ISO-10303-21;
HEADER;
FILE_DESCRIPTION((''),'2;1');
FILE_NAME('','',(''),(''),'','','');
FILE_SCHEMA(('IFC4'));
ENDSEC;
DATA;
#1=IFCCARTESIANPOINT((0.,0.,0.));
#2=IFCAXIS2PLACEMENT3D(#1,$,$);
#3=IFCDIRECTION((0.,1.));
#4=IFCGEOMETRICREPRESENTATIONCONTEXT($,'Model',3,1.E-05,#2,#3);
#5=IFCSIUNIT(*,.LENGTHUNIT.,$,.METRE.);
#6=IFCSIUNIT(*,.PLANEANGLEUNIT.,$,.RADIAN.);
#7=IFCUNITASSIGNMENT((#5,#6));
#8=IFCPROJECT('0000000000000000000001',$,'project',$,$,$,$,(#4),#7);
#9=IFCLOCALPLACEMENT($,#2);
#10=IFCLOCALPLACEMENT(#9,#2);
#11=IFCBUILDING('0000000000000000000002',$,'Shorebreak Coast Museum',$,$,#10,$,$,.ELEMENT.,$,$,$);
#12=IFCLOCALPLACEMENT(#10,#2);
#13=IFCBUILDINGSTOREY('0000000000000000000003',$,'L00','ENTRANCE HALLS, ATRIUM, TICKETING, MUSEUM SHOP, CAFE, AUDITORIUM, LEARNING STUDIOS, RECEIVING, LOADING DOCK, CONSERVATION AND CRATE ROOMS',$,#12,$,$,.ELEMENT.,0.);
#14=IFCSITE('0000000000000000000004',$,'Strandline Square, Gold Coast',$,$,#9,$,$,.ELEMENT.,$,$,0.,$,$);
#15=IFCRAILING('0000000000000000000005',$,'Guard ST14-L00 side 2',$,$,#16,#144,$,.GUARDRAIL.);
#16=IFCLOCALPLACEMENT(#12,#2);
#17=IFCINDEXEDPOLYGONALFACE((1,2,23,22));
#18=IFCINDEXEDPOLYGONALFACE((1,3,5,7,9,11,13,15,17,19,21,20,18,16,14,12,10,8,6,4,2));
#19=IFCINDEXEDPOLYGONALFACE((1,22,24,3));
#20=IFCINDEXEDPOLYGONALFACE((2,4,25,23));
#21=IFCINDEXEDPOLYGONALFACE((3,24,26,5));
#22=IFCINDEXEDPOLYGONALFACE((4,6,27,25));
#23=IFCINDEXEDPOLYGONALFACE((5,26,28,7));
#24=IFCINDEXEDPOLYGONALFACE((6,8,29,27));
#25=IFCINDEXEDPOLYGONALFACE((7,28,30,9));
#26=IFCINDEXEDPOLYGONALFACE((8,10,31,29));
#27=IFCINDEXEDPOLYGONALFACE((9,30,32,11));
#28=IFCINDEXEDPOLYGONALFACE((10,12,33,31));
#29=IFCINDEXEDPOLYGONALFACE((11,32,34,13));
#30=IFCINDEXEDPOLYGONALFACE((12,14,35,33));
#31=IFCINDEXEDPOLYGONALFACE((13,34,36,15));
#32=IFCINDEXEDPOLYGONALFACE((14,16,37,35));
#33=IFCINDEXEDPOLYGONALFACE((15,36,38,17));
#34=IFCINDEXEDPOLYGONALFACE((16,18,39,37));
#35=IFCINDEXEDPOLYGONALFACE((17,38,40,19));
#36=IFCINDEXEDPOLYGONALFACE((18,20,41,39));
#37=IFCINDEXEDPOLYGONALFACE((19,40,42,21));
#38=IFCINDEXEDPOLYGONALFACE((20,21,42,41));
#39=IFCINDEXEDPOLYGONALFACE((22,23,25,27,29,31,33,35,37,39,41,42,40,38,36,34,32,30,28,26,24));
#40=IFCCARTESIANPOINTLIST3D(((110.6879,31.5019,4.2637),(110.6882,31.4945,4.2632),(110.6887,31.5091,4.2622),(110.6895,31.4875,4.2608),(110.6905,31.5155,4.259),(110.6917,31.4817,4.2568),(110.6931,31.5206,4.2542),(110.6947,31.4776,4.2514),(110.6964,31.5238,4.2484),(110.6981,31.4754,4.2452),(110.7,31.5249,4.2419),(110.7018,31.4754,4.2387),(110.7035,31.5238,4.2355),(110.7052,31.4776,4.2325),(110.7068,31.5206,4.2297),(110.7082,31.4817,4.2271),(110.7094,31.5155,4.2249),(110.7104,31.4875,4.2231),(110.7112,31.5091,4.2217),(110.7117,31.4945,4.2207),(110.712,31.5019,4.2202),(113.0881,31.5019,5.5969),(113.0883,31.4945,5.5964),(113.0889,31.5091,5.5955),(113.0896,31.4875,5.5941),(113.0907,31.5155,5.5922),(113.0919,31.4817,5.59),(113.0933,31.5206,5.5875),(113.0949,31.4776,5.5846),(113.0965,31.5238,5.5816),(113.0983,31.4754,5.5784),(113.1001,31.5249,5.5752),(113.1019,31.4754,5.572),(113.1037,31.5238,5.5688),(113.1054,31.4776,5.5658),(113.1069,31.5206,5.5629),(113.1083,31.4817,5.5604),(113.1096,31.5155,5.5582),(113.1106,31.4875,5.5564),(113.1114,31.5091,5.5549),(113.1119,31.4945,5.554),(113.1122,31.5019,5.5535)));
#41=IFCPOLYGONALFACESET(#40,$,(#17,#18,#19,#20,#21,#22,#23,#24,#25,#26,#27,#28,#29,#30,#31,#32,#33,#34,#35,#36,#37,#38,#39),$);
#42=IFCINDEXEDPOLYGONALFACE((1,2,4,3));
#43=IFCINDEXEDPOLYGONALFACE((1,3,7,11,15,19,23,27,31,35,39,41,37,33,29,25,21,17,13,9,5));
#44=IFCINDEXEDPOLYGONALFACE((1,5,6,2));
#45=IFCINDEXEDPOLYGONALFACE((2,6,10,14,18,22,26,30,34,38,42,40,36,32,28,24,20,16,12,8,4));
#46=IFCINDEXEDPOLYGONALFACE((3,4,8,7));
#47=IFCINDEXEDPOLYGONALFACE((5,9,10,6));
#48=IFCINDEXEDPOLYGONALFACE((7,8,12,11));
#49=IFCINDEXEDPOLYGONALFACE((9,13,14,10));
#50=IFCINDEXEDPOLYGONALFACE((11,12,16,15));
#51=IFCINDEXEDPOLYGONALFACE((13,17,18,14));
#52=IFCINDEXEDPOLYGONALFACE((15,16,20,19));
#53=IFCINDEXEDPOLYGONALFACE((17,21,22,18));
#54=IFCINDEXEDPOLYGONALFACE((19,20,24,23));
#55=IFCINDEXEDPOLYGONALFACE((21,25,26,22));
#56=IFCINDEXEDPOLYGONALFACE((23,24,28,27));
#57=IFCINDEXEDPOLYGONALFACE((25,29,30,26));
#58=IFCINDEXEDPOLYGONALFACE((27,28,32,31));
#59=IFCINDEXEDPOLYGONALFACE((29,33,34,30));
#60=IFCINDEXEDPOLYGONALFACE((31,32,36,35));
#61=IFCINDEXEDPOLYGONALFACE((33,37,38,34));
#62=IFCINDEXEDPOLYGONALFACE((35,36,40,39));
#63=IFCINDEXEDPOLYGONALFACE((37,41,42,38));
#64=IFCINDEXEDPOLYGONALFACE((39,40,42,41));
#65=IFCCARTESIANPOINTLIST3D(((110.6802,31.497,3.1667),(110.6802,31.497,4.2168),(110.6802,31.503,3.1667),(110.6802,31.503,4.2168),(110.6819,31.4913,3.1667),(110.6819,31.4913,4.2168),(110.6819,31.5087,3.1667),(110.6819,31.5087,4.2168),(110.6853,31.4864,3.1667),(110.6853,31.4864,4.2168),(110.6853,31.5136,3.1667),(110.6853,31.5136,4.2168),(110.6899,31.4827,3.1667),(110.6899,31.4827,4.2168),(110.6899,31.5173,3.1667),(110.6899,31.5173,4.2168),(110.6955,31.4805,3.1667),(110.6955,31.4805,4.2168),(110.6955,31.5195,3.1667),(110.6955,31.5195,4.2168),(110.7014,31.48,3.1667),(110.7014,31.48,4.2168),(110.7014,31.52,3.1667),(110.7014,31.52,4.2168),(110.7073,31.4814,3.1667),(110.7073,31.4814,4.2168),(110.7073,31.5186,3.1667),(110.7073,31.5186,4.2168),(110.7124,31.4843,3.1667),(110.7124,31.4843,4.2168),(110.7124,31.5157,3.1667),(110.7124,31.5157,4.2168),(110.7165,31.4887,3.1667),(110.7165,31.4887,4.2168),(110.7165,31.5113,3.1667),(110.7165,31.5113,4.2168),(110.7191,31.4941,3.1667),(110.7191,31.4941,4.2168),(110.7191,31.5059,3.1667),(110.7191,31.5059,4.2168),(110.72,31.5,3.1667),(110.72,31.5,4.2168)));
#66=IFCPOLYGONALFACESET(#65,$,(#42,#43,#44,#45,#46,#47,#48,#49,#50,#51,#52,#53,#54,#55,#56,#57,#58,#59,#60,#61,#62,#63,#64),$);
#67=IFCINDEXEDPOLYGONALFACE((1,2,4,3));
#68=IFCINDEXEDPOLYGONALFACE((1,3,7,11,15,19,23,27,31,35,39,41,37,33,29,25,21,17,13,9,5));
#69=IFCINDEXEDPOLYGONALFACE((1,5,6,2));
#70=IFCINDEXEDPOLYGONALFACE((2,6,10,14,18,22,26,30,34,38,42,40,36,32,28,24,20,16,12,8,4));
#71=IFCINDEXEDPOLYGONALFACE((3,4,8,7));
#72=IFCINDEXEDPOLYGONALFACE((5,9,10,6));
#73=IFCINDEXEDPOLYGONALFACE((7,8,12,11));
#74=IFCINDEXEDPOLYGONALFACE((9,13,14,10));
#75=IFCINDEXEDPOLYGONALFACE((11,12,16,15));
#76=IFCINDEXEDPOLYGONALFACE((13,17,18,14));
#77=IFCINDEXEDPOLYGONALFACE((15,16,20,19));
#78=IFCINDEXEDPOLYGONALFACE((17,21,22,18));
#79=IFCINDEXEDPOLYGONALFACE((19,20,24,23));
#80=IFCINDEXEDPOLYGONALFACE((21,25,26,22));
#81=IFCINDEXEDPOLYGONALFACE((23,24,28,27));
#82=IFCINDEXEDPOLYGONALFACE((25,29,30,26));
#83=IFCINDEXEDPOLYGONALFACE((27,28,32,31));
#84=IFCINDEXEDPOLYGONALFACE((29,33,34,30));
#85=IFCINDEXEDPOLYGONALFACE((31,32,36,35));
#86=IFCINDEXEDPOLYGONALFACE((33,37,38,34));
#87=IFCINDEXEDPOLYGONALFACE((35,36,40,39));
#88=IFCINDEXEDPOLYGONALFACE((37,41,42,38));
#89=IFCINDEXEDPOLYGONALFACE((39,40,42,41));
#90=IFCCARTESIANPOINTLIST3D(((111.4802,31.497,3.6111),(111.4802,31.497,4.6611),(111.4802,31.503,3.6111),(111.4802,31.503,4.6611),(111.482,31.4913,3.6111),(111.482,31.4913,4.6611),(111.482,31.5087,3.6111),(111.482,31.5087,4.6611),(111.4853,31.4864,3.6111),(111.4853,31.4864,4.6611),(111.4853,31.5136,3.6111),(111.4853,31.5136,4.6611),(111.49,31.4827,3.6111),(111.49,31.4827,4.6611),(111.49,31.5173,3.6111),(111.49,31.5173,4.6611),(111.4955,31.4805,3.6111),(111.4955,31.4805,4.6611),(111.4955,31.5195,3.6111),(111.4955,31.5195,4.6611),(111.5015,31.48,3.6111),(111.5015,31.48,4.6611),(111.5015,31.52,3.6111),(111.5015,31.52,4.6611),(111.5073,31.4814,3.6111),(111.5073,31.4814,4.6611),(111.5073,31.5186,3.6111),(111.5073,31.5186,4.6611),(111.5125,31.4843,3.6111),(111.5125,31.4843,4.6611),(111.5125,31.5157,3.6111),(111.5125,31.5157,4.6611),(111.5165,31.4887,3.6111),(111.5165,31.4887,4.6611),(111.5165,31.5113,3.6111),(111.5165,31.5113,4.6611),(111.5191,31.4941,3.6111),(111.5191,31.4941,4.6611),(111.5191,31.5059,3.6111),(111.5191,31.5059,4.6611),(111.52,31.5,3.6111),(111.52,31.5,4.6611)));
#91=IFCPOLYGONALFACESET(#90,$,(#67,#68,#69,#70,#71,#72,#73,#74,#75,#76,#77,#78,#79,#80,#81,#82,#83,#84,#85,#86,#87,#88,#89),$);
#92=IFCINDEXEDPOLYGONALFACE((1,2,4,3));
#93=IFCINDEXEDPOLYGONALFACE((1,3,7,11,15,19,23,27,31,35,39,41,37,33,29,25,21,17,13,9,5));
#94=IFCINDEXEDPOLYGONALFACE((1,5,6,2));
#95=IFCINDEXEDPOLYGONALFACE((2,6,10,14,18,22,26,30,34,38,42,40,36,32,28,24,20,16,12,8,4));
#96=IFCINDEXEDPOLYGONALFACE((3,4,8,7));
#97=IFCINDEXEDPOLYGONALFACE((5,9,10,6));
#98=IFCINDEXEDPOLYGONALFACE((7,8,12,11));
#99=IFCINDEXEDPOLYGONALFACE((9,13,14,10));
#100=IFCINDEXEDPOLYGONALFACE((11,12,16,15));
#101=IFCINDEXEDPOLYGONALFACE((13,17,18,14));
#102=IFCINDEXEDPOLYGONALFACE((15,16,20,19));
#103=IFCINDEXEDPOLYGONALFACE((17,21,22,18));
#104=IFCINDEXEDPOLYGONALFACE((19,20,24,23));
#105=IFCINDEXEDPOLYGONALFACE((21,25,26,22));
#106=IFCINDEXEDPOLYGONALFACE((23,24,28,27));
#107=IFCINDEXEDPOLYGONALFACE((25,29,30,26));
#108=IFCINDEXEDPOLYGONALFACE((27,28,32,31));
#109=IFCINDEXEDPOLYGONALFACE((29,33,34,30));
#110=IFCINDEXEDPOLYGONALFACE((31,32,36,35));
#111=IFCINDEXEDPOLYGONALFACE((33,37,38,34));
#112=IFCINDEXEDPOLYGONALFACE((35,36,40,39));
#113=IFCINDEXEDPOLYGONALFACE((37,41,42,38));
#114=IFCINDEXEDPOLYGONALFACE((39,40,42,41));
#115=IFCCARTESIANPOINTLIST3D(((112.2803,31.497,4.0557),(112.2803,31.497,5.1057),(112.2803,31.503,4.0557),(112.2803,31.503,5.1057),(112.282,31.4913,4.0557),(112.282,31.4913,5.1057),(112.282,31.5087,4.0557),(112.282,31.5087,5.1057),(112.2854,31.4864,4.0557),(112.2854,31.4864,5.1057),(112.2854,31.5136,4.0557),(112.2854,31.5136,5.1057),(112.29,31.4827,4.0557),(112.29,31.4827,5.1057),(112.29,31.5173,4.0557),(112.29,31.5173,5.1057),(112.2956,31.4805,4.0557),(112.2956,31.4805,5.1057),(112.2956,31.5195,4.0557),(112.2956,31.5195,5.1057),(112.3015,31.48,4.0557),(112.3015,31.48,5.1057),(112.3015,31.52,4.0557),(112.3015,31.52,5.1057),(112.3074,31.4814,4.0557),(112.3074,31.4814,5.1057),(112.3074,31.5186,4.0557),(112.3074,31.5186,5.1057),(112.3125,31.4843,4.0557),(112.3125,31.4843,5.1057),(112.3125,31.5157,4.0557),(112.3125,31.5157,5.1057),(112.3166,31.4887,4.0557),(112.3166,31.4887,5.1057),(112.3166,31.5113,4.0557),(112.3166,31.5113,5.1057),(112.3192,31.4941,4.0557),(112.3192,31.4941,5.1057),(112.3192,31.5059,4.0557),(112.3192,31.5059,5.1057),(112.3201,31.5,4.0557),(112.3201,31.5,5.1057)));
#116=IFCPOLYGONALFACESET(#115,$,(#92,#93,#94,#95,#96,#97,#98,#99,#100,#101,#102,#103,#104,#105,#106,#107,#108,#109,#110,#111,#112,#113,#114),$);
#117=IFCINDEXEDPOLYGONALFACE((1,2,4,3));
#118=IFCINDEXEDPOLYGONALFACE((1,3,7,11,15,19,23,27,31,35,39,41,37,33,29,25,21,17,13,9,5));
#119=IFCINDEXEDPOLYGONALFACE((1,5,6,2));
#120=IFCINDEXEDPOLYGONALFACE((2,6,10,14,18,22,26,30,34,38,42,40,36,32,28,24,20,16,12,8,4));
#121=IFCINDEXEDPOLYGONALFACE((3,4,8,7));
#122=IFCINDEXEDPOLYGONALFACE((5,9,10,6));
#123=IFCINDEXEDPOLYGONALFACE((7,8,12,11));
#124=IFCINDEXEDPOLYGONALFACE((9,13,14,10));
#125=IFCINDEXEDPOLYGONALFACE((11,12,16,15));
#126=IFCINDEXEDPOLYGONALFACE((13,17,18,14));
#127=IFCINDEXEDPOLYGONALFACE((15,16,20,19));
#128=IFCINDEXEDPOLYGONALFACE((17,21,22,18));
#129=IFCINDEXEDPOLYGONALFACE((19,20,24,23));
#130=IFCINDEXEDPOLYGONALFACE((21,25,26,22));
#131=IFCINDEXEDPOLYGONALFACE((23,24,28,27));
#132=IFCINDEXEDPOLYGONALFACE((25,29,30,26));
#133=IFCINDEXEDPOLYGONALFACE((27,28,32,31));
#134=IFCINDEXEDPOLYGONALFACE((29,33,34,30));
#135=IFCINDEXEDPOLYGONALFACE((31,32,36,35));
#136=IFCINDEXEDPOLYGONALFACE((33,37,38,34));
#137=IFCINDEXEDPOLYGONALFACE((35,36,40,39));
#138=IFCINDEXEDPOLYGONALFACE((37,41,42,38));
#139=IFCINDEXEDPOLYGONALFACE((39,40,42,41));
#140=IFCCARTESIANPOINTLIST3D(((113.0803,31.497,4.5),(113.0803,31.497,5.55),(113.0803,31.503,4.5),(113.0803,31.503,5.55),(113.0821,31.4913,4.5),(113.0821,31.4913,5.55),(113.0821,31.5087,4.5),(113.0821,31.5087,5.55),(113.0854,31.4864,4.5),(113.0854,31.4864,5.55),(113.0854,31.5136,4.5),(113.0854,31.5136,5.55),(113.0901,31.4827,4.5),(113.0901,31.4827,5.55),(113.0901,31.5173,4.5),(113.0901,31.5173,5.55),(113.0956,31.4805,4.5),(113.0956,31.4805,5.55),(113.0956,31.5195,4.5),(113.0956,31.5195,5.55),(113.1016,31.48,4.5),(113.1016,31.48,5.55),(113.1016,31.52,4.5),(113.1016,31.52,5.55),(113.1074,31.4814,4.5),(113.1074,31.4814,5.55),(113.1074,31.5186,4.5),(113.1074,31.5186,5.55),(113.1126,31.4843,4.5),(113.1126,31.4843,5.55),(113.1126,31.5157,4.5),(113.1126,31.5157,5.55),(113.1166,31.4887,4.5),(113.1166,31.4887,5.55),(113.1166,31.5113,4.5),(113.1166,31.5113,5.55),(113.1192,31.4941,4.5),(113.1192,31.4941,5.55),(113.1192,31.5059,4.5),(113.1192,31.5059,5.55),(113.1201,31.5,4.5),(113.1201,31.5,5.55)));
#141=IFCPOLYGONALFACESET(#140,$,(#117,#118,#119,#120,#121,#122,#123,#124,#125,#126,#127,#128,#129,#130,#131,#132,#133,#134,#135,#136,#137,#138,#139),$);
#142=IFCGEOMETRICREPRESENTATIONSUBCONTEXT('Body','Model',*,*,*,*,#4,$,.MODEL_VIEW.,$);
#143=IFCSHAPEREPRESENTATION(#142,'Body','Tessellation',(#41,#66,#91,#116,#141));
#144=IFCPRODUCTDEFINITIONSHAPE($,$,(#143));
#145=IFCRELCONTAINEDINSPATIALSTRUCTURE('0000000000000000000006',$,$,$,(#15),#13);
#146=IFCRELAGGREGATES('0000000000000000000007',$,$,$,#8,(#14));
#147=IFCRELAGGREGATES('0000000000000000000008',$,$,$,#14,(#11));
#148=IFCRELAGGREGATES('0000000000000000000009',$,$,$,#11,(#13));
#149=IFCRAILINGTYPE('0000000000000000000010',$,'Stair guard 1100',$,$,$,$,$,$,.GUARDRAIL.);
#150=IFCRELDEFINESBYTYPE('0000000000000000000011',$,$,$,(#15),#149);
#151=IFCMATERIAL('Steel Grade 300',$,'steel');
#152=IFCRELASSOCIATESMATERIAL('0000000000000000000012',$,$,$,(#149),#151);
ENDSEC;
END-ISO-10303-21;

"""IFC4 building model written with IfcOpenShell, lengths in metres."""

from ifc_helpers import new_model, si_unit, direction, frame, origin, origin_2d, place, context, subcontext, project, spatial, circle, extrude, material, type_object, element, save


model = new_model("IFC4")

# Units and contexts
model_context = context("Model", 3, precision=1e-05, world=origin(), true_north=direction((0.0, 1.0)))
body_context = subcontext(model_context, "Body", "Model", "MODEL_VIEW")
ifc_project = project(units=[si_unit("LENGTHUNIT", "METRE"), si_unit("PLANEANGLEUNIT", "RADIAN")], contexts=[model_context])

# Site, building, storey
site_placement = place(None, origin())
site = spatial("IfcSite", under=ifc_project, at=site_placement, Name="Strandline Square, Gold Coast", CompositionType="ELEMENT", RefElevation=0.0)
building_placement = place(site_placement, origin())
building = spatial("IfcBuilding", under=site, at=building_placement, Name="Shorebreak Coast Museum", CompositionType="ELEMENT")
storey_placement = place(building_placement, origin())
storey = spatial("IfcBuildingStorey", under=building, at=storey_placement, Name="L00", Description="ENTRANCE HALLS, ATRIUM, TICKETING, MUSEUM SHOP, CAFE, AUDITORIUM, LEARNING STUDIOS, RECEIVING, LOADING DOCK, CONSERVATION AND CRATE ROOMS", CompositionType="ELEMENT", Elevation=0.0)

# Railing
ifc_material_1 = material(Name="Steel Grade 300", Category="steel")
railing_type_1 = type_object("IfcRailingType", Name="Stair guard 1100", PredefinedType="GUARDRAIL", material=ifc_material_1)
railing_1_placement = place(storey_placement, frame((110.7, 31.5, 3.1667)))
element("IfcRailing", 1, at=railing_1_placement, inside=storey, type_object=railing_type_1, Name="Guard ST14-L00 side 2", PredefinedType="GUARDRAIL", context=body_context, shape_type="SweptSolid", body=[
    extrude(circle(Radius=0.0249, at=origin_2d()), frame((0.0, 0.0, 1.0752), z_axis=(0.874182, 0.0, 0.485598), x_axis=(0.0, 1.0, 0.0)), (0.0, 0.0, 1.0), 2.7456),
    extrude(circle(Radius=0.02, at=origin_2d()), origin(), (0.0, 0.0, 1.0), 1.05),
    extrude(circle(Radius=0.02, at=origin_2d()), frame((0.8, 0.0, 0.4443)), (0.0, 0.0, 1.0), 1.05),
    extrude(circle(Radius=0.02, at=origin_2d()), frame((1.6001, 0.0, 0.8889)), (0.0, 0.0, 1.0), 1.05),
    extrude(circle(Radius=0.02, at=origin_2d()), frame((2.4001, 0.0, 1.3333)), (0.0, 0.0, 1.0), 1.05),
])

save(model, "model.ifc")
